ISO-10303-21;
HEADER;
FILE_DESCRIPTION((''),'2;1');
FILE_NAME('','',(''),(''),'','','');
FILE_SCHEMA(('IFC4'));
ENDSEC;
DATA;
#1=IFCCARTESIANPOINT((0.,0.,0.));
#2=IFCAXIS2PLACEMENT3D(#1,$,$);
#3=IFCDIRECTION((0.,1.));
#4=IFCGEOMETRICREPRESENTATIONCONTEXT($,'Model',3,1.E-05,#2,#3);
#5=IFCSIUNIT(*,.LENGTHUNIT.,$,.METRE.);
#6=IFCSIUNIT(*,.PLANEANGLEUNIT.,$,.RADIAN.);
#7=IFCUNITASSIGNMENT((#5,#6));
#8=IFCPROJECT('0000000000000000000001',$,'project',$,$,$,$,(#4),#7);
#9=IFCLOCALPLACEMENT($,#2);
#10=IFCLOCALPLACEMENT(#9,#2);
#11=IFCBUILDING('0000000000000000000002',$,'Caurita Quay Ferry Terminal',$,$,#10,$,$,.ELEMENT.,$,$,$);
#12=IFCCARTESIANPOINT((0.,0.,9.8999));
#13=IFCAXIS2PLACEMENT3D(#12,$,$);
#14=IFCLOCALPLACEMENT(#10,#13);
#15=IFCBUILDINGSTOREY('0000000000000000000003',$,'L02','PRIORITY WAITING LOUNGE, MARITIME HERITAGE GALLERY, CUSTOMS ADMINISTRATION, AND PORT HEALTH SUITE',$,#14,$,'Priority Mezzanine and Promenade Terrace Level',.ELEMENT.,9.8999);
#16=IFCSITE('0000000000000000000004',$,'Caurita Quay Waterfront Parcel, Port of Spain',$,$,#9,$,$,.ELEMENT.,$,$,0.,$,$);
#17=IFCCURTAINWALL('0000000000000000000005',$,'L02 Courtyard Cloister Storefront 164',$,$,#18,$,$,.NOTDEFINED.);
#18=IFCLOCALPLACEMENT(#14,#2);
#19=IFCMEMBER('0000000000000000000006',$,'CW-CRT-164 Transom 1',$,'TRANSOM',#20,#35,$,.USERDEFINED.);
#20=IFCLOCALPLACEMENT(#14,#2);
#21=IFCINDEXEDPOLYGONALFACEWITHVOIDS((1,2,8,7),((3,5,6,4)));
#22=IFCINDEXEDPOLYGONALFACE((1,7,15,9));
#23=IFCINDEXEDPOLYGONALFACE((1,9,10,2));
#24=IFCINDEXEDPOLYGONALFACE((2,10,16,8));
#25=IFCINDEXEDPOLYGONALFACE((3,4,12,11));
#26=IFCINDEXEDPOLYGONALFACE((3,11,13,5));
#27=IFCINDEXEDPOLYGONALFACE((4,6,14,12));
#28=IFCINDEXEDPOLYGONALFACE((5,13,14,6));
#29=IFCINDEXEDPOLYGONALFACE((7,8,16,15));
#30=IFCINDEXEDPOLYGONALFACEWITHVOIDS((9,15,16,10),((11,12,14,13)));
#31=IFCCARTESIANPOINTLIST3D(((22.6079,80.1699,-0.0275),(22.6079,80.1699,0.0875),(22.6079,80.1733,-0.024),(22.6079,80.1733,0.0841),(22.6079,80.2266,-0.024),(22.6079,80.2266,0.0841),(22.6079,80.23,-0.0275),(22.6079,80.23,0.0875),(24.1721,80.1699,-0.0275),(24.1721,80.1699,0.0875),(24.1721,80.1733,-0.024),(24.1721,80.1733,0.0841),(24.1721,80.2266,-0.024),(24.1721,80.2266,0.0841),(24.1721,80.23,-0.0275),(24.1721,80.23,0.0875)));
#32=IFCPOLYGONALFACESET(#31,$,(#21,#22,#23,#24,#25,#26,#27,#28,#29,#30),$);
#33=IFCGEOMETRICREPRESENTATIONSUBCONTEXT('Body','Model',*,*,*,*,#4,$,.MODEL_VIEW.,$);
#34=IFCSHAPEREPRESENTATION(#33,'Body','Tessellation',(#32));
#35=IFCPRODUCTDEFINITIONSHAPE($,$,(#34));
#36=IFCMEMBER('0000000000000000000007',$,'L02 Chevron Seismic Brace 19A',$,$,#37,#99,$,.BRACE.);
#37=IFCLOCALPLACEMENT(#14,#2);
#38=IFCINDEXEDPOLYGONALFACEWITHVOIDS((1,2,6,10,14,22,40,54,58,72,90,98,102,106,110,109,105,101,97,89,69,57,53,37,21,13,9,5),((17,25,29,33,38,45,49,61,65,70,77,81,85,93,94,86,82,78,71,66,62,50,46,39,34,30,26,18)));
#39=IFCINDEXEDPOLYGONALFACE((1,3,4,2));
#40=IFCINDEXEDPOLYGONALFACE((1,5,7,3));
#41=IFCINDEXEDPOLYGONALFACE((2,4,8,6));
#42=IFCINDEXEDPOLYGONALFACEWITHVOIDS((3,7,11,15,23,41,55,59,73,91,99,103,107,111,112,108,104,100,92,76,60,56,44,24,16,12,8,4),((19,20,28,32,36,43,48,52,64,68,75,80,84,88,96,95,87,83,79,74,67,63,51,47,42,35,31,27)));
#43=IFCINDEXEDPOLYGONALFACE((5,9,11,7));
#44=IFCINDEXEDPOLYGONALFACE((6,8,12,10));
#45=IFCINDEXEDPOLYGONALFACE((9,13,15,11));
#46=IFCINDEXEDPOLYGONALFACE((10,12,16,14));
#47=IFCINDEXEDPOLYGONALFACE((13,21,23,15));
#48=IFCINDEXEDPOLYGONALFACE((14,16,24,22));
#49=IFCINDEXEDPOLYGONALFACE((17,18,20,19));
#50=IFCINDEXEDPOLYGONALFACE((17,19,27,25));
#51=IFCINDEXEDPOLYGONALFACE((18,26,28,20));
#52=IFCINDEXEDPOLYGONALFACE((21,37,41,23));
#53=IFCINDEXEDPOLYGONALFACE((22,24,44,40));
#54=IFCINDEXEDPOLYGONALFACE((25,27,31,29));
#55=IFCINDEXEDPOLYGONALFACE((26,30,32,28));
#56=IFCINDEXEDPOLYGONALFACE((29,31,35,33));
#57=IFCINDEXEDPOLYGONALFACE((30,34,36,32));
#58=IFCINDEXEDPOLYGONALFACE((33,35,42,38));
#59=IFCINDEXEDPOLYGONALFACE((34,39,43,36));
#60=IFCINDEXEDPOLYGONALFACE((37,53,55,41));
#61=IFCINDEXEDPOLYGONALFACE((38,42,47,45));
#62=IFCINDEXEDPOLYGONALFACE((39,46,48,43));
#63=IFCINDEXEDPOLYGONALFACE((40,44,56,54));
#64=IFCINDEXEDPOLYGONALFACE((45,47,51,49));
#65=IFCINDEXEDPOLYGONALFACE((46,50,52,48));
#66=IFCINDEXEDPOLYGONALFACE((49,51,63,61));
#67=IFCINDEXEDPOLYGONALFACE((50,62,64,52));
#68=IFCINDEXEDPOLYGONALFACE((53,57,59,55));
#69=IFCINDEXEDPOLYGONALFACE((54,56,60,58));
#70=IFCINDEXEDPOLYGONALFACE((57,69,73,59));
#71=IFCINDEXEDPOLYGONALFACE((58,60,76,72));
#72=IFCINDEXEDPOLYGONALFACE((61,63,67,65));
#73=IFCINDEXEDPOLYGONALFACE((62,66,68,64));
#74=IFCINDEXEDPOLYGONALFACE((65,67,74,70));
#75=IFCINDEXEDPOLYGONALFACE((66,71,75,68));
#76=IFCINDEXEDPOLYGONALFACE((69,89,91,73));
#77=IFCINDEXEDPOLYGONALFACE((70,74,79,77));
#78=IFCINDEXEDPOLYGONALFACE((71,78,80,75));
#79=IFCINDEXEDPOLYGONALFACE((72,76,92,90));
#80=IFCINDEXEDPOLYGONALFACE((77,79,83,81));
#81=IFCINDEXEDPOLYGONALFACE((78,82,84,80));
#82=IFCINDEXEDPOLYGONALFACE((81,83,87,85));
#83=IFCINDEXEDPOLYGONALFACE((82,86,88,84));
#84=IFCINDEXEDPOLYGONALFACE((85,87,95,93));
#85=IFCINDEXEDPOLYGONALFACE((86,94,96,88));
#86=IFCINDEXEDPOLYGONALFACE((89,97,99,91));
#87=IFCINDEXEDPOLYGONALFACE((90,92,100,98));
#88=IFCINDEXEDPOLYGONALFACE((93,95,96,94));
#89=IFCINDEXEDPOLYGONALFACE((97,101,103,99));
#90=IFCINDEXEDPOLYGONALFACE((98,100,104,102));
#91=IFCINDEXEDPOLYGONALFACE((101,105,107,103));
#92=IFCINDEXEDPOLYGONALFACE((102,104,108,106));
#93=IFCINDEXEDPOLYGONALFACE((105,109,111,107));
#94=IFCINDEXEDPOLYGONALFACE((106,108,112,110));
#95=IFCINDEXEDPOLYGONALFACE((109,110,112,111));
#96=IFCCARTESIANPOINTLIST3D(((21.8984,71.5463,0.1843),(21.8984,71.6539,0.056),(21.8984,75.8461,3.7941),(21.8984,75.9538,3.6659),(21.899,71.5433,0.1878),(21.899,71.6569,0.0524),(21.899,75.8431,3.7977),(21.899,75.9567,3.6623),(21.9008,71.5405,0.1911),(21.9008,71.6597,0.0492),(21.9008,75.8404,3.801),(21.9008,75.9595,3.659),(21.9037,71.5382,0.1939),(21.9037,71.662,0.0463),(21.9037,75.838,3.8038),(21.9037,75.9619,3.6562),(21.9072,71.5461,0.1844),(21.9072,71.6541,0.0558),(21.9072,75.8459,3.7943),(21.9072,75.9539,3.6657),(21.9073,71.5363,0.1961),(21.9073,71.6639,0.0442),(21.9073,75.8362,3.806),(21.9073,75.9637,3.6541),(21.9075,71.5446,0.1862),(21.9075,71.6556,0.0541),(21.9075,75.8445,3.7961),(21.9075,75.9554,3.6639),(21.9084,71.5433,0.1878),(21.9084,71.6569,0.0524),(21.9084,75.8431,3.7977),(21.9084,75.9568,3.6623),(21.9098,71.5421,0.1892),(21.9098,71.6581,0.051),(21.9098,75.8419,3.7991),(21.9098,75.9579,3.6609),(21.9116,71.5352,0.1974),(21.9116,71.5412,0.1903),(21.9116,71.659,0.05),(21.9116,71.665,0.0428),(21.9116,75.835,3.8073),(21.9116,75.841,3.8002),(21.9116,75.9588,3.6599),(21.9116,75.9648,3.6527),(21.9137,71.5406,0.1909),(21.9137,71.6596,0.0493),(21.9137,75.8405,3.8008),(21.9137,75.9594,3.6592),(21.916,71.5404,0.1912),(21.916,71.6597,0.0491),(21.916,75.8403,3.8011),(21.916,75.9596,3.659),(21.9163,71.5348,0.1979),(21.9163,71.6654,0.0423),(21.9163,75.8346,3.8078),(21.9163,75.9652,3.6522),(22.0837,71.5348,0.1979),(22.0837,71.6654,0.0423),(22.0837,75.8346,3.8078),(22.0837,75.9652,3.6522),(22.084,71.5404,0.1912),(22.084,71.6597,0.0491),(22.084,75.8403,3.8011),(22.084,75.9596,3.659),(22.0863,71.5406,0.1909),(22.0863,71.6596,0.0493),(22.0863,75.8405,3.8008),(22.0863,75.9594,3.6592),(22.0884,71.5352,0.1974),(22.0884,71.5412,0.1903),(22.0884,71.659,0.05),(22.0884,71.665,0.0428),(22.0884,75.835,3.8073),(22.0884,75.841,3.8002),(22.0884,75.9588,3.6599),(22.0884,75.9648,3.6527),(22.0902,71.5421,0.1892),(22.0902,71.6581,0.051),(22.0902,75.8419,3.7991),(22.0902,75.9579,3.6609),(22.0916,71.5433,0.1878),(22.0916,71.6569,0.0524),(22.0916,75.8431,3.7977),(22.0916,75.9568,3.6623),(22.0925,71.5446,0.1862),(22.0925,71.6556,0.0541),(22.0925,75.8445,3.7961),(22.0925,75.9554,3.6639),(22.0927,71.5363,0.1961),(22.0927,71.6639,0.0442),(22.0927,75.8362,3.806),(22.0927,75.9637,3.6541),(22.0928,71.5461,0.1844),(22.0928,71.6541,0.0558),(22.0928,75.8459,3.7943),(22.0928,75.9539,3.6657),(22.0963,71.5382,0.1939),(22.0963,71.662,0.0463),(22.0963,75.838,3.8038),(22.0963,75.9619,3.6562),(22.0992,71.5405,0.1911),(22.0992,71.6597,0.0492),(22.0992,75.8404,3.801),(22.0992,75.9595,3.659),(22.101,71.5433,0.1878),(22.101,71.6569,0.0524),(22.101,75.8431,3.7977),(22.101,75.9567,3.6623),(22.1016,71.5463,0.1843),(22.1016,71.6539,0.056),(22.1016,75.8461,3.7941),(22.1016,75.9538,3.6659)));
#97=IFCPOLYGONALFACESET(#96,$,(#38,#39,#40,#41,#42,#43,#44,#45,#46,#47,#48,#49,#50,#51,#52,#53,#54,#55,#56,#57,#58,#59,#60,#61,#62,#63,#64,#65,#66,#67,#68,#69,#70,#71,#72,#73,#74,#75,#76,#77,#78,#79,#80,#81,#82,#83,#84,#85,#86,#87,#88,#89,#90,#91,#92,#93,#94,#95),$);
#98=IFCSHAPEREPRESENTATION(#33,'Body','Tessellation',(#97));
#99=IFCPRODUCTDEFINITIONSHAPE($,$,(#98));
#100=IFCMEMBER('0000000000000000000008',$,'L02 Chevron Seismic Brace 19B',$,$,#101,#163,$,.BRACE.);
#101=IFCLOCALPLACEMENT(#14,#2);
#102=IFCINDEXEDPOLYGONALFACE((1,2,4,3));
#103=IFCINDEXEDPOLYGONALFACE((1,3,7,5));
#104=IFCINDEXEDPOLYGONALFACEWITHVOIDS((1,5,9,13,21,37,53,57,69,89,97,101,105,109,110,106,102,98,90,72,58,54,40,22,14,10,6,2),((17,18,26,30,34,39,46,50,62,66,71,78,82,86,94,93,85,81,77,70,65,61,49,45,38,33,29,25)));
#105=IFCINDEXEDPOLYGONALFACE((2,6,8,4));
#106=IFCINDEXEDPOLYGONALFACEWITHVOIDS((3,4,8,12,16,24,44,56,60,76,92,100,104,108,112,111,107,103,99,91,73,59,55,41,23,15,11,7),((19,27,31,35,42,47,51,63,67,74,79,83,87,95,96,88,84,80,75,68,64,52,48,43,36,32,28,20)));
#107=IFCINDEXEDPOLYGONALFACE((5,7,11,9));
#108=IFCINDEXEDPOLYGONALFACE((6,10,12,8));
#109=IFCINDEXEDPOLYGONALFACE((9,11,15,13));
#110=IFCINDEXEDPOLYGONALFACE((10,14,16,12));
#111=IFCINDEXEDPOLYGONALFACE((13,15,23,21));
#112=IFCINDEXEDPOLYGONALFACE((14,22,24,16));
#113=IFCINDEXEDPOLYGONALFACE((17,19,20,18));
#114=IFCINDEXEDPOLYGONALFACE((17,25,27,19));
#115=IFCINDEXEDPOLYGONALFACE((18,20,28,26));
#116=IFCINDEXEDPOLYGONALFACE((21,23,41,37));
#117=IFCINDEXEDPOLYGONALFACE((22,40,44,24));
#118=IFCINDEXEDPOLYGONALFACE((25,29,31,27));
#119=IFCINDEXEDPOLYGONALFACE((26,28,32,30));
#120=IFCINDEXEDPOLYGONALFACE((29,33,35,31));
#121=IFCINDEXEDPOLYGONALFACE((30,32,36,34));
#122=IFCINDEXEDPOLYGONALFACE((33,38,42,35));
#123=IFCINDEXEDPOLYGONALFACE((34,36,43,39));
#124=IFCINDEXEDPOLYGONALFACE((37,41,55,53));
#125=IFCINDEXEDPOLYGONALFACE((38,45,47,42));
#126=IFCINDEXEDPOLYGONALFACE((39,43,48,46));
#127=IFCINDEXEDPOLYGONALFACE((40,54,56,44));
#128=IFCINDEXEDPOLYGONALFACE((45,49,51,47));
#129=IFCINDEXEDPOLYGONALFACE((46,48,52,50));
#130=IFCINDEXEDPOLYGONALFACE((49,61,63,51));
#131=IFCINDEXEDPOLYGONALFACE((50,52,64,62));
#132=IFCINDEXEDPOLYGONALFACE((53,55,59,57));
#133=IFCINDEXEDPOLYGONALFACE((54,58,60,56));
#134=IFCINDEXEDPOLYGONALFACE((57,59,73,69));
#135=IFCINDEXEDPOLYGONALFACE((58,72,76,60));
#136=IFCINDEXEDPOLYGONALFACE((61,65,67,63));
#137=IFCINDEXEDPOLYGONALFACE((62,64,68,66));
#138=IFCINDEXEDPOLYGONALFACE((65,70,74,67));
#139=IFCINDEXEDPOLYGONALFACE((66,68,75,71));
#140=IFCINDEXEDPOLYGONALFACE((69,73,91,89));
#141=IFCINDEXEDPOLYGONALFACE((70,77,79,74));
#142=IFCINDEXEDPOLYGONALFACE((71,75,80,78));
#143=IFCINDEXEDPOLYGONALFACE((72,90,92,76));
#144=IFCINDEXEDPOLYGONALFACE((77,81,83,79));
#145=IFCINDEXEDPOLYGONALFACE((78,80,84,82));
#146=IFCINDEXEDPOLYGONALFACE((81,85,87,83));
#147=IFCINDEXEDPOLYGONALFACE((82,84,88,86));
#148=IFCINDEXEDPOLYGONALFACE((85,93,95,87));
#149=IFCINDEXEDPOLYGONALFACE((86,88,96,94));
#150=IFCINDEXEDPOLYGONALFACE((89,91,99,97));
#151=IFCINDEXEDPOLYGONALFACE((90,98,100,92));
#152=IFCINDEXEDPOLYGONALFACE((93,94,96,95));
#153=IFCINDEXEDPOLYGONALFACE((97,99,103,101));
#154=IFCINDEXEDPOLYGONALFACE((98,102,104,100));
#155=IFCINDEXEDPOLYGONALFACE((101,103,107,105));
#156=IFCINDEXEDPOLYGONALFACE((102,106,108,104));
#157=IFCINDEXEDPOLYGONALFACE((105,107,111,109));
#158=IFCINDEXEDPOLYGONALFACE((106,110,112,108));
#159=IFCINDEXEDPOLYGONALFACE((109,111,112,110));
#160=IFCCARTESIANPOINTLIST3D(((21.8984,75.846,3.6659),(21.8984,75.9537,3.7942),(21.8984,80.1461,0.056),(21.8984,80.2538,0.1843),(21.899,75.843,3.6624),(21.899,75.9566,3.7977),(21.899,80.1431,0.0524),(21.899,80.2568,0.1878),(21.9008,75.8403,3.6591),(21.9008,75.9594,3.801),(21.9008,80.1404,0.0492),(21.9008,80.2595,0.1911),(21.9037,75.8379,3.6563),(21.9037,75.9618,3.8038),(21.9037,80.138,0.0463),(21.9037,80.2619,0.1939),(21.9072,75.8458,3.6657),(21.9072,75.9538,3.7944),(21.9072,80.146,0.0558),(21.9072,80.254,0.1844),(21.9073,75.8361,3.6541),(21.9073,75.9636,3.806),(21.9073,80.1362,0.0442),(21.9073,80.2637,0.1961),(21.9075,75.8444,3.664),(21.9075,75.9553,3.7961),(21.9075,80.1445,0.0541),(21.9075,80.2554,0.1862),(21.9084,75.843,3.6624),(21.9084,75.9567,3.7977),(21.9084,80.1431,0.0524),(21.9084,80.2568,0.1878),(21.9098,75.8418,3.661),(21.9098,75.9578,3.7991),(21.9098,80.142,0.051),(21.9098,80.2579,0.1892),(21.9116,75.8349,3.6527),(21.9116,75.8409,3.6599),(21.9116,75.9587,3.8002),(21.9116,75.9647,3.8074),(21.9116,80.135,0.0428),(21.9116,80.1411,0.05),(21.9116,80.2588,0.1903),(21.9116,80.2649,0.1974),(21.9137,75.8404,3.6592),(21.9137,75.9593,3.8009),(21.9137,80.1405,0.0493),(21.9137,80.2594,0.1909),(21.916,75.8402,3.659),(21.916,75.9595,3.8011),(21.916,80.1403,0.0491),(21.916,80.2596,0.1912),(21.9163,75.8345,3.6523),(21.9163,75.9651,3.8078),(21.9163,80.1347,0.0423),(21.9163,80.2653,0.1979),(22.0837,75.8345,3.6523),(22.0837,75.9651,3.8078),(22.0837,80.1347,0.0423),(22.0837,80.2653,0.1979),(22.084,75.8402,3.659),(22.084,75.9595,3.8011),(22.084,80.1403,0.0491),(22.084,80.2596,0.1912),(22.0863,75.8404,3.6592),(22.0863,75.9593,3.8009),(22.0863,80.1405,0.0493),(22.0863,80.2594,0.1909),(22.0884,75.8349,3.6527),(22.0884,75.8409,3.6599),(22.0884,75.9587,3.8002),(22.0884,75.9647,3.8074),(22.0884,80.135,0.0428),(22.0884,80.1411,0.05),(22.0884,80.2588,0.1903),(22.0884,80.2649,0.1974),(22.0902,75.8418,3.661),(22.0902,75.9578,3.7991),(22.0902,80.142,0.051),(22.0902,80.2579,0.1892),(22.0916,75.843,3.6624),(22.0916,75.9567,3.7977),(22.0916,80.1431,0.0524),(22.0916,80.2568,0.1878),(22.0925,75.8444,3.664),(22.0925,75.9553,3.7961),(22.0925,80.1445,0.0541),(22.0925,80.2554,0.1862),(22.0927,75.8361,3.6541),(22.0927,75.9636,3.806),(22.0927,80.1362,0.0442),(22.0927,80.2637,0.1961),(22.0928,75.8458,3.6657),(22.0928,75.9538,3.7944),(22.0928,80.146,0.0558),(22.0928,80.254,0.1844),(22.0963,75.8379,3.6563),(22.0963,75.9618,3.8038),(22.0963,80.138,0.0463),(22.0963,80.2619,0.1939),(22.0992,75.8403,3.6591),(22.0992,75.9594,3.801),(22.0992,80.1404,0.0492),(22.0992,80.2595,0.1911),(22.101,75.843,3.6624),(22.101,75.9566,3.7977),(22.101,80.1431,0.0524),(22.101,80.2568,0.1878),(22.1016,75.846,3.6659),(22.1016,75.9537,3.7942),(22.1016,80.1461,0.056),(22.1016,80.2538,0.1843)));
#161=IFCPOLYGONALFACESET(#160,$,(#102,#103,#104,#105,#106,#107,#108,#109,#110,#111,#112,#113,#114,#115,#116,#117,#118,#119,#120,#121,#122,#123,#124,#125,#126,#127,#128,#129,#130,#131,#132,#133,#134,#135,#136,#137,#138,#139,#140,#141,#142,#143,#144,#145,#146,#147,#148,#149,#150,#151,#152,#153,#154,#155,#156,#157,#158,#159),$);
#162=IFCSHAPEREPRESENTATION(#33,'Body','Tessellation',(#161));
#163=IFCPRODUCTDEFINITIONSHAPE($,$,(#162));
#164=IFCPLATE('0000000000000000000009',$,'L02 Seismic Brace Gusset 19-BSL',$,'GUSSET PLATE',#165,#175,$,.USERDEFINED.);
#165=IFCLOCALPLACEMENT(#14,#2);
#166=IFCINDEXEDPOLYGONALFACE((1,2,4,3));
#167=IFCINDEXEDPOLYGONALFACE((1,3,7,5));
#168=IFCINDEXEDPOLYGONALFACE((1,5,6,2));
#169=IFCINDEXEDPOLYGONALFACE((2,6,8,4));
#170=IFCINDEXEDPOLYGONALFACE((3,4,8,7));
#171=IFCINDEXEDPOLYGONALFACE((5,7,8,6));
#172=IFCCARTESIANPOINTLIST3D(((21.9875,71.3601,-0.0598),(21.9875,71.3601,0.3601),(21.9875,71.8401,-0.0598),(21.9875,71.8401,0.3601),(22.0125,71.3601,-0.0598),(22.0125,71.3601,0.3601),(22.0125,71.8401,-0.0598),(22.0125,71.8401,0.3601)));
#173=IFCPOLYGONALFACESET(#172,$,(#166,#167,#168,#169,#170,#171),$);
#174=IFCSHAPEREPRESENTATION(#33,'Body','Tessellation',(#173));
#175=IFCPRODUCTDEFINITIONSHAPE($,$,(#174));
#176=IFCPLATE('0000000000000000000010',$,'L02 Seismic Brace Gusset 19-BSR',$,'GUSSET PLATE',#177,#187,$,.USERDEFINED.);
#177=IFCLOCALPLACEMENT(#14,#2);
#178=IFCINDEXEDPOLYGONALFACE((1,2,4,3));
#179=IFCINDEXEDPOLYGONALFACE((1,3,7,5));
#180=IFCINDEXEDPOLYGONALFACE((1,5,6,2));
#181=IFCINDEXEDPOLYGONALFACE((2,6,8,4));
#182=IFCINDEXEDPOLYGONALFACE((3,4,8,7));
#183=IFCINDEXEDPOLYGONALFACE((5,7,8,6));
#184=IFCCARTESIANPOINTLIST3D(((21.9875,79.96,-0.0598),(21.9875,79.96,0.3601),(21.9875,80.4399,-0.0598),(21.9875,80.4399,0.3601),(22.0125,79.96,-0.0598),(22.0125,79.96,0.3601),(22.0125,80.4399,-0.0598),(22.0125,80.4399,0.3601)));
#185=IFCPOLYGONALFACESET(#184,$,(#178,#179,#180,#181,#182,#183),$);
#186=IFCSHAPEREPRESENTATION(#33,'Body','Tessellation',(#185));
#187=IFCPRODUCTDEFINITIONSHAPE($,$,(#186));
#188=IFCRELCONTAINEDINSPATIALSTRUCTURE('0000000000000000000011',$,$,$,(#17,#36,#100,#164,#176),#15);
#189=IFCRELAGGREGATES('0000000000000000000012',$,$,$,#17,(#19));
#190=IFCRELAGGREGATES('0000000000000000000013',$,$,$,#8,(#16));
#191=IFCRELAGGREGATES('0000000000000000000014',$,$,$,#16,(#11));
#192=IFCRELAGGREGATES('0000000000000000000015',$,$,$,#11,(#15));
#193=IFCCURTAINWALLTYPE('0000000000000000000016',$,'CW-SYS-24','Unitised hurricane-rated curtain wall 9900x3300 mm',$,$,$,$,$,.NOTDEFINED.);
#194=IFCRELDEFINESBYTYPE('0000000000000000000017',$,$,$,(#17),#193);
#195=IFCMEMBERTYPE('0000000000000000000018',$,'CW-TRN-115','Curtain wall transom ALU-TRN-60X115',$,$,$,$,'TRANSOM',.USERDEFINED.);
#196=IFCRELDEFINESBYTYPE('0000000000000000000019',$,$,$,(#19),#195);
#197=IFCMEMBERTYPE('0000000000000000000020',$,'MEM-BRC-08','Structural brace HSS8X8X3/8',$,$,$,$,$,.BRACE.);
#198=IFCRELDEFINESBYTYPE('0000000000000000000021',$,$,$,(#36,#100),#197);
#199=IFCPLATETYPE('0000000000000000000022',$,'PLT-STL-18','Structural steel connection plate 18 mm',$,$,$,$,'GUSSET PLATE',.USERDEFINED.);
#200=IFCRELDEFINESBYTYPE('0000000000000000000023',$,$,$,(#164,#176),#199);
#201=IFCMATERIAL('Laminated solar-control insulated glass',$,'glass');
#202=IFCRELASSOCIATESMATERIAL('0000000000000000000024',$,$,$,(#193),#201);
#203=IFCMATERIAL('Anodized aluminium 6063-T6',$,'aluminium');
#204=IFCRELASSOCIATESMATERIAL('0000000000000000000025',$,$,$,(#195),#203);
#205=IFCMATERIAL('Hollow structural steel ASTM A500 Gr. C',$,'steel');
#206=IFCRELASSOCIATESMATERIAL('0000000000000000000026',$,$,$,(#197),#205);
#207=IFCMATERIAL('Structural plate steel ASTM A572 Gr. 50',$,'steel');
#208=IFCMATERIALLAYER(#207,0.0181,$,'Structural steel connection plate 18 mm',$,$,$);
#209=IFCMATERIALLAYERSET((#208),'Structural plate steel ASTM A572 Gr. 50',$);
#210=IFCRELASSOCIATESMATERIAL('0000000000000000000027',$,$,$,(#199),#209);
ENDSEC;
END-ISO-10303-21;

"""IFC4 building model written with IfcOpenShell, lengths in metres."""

from ifc_helpers import new_model, si_unit, direction, frame, origin, origin_2d, place, context, subcontext, project, spatial, rectangle, hollow_rectangle, extrude, material, layer, layer_set, material_profile, profile_set, type_object, element, aggregate, save


model = new_model("IFC4")

# Units and contexts
model_context = context("Model", 3, precision=1e-05, world=origin(), true_north=direction((0.0, 1.0)))
body_context = subcontext(model_context, "Body", "Model", "MODEL_VIEW")
ifc_project = project(units=[si_unit("LENGTHUNIT", "METRE"), si_unit("PLANEANGLEUNIT", "RADIAN")], contexts=[model_context])

# Site, building, storey
site_placement = place(None, origin())
site = spatial("IfcSite", under=ifc_project, at=site_placement, Name="Caurita Quay Waterfront Parcel, Port of Spain", CompositionType="ELEMENT", RefElevation=0.0)
building_placement = place(site_placement, origin())
building = spatial("IfcBuilding", under=site, at=building_placement, Name="Caurita Quay Ferry Terminal", CompositionType="ELEMENT")
storey_placement = place(building_placement, frame((0.0, 0.0, 9.8999)))
storey = spatial("IfcBuildingStorey", under=building, at=storey_placement, Name="L02", Description="PRIORITY WAITING LOUNGE, MARITIME HERITAGE GALLERY, CUSTOMS ADMINISTRATION, AND PORT HEALTH SUITE", LongName="Priority Mezzanine and Promenade Terrace Level", CompositionType="ELEMENT", Elevation=9.8999)

# Curtain wall, member
ifc_material_1 = material(Name="Laminated solar-control insulated glass", Category="glass")
curtain_wall_type = type_object("IfcCurtainWallType", Name="CW-SYS-24", Description="Unitised hurricane-rated curtain wall 9900x3300 mm", PredefinedType="NOTDEFINED", material=ifc_material_1)
curtain_wall_placement = place(storey_placement, origin())
curtain_wall = element("IfcCurtainWall", 1, at=curtain_wall_placement, inside=storey, type_object=curtain_wall_type, Name="L02 Courtyard Cloister Storefront 164", PredefinedType="NOTDEFINED")
ifc_material_2 = material(Name="Anodized aluminium 6063-T6", Category="aluminium")
ifc_material_profile_1 = material_profile(ifc_material_2, hollow_rectangle(XDim=0.0601, YDim=0.115, WallThickness=0.0034, at=origin_2d()), Name="ALU-TRN-60X115")
ifc_profile_set_1 = profile_set([ifc_material_profile_1], Name="Anodized aluminium 6063-T6")
member_type_1 = type_object("IfcMemberType", Name="CW-TRN-115", Description="Curtain wall transom ALU-TRN-60X115", ElementType="TRANSOM", PredefinedType="USERDEFINED", material=ifc_profile_set_1)
member_1_placement = place(storey_placement, frame((22.6079, 80.2, 0.03), z_axis=(1.0, 0.0, 0.0), x_axis=(0.0, 1.0, 0.0)))
member_1 = element("IfcMember", 2, at=member_1_placement, type_object=member_type_1, Name="CW-CRT-164 Transom 1", ObjectType="TRANSOM", PredefinedType="USERDEFINED", context=body_context, shape_type="SweptSolid", body=[
    extrude(hollow_rectangle(XDim=0.0601, YDim=0.115, WallThickness=0.0034, at=origin_2d()), origin(), (0.0, 0.0, 1.0), 1.5642),
])
aggregate(curtain_wall, [member_1])

# Members
ifc_material_3 = material(Name="Hollow structural steel ASTM A500 Gr. C", Category="steel")
ifc_material_profile_2 = material_profile(ifc_material_3, hollow_rectangle(XDim=0.2031, YDim=0.2031, WallThickness=0.0088, InnerFilletRadius=0.0088, OuterFilletRadius=0.0178, at=origin_2d()), Name="HSS8X8X3/8")
ifc_profile_set_2 = profile_set([ifc_material_profile_2], Name="Hollow structural steel ASTM A500 Gr. C")
member_type_2 = type_object("IfcMemberType", Name="MEM-BRC-08", Description="Structural brace HSS8X8X3/8", PredefinedType="BRACE", material=ifc_profile_set_2)
member_2_placement = place(storey_placement, frame((22.0, 71.6001, 0.1201), z_axis=(0.0, 0.765878, 0.642986), x_axis=(-1.0, 0.0, 0.0)))
element("IfcMember", 3, at=member_2_placement, inside=storey, type_object=member_type_2, Name="L02 Chevron Seismic Brace 19A", PredefinedType="BRACE", context=body_context, shape_type="SweptSolid", body=[
    extrude(hollow_rectangle(XDim=0.2031, YDim=0.2031, WallThickness=0.0088, InnerFilletRadius=0.0088, OuterFilletRadius=0.0178, at=origin_2d()), origin(), (0.0, 0.0, 1.0), 5.6143),
])
member_3_placement = place(storey_placement, frame((22.0, 80.2, 0.1201), z_axis=(0.0, -0.765896, 0.642965), x_axis=(1.0, 0.0, 0.0)))
element("IfcMember", 4, at=member_3_placement, inside=storey, type_object=member_type_2, Name="L02 Chevron Seismic Brace 19B", PredefinedType="BRACE", context=body_context, shape_type="SweptSolid", body=[
    extrude(hollow_rectangle(XDim=0.2031, YDim=0.2031, WallThickness=0.0088, InnerFilletRadius=0.0088, OuterFilletRadius=0.0178, at=origin_2d()), origin(), (0.0, 0.0, 1.0), 5.6145),
])

# Plates
ifc_material_4 = material(Name="Structural plate steel ASTM A572 Gr. 50", Category="steel")
ifc_layer_1 = layer(ifc_material_4, 0.0181, Name="Structural steel connection plate 18 mm")
ifc_layer_set_1 = layer_set([ifc_layer_1], Name="Structural plate steel ASTM A572 Gr. 50")
plate_type_1 = type_object("IfcPlateType", Name="PLT-STL-18", Description="Structural steel connection plate 18 mm", ElementType="GUSSET PLATE", PredefinedType="USERDEFINED", material=ifc_layer_set_1)
for number, where, z_axis, x_axis, name in (
    (5, (22.0, 71.6001, -0.0598), (0.0, 0.0, 1.0), (0.0, 1.0, 0.0), "L02 Seismic Brace Gusset 19-BSL"),
    (6, (22.0, 80.2, -0.0598), (0.0, 0.0, 1.0), (0.0, 1.0, 0.0), "L02 Seismic Brace Gusset 19-BSR"),
):
    element("IfcPlate", number, at=place(storey_placement, frame(where, z_axis=z_axis, x_axis=x_axis)), inside=storey, type_object=plate_type_1, Name=name, ObjectType="GUSSET PLATE", PredefinedType="USERDEFINED", context=body_context, shape_type="SweptSolid", body=[
        extrude(rectangle(XDim=0.48, YDim=0.0249, at=origin_2d()), origin(), (0.0, 0.0, 1.0), 0.4199),
    ])

save(model, "model.ifc")
